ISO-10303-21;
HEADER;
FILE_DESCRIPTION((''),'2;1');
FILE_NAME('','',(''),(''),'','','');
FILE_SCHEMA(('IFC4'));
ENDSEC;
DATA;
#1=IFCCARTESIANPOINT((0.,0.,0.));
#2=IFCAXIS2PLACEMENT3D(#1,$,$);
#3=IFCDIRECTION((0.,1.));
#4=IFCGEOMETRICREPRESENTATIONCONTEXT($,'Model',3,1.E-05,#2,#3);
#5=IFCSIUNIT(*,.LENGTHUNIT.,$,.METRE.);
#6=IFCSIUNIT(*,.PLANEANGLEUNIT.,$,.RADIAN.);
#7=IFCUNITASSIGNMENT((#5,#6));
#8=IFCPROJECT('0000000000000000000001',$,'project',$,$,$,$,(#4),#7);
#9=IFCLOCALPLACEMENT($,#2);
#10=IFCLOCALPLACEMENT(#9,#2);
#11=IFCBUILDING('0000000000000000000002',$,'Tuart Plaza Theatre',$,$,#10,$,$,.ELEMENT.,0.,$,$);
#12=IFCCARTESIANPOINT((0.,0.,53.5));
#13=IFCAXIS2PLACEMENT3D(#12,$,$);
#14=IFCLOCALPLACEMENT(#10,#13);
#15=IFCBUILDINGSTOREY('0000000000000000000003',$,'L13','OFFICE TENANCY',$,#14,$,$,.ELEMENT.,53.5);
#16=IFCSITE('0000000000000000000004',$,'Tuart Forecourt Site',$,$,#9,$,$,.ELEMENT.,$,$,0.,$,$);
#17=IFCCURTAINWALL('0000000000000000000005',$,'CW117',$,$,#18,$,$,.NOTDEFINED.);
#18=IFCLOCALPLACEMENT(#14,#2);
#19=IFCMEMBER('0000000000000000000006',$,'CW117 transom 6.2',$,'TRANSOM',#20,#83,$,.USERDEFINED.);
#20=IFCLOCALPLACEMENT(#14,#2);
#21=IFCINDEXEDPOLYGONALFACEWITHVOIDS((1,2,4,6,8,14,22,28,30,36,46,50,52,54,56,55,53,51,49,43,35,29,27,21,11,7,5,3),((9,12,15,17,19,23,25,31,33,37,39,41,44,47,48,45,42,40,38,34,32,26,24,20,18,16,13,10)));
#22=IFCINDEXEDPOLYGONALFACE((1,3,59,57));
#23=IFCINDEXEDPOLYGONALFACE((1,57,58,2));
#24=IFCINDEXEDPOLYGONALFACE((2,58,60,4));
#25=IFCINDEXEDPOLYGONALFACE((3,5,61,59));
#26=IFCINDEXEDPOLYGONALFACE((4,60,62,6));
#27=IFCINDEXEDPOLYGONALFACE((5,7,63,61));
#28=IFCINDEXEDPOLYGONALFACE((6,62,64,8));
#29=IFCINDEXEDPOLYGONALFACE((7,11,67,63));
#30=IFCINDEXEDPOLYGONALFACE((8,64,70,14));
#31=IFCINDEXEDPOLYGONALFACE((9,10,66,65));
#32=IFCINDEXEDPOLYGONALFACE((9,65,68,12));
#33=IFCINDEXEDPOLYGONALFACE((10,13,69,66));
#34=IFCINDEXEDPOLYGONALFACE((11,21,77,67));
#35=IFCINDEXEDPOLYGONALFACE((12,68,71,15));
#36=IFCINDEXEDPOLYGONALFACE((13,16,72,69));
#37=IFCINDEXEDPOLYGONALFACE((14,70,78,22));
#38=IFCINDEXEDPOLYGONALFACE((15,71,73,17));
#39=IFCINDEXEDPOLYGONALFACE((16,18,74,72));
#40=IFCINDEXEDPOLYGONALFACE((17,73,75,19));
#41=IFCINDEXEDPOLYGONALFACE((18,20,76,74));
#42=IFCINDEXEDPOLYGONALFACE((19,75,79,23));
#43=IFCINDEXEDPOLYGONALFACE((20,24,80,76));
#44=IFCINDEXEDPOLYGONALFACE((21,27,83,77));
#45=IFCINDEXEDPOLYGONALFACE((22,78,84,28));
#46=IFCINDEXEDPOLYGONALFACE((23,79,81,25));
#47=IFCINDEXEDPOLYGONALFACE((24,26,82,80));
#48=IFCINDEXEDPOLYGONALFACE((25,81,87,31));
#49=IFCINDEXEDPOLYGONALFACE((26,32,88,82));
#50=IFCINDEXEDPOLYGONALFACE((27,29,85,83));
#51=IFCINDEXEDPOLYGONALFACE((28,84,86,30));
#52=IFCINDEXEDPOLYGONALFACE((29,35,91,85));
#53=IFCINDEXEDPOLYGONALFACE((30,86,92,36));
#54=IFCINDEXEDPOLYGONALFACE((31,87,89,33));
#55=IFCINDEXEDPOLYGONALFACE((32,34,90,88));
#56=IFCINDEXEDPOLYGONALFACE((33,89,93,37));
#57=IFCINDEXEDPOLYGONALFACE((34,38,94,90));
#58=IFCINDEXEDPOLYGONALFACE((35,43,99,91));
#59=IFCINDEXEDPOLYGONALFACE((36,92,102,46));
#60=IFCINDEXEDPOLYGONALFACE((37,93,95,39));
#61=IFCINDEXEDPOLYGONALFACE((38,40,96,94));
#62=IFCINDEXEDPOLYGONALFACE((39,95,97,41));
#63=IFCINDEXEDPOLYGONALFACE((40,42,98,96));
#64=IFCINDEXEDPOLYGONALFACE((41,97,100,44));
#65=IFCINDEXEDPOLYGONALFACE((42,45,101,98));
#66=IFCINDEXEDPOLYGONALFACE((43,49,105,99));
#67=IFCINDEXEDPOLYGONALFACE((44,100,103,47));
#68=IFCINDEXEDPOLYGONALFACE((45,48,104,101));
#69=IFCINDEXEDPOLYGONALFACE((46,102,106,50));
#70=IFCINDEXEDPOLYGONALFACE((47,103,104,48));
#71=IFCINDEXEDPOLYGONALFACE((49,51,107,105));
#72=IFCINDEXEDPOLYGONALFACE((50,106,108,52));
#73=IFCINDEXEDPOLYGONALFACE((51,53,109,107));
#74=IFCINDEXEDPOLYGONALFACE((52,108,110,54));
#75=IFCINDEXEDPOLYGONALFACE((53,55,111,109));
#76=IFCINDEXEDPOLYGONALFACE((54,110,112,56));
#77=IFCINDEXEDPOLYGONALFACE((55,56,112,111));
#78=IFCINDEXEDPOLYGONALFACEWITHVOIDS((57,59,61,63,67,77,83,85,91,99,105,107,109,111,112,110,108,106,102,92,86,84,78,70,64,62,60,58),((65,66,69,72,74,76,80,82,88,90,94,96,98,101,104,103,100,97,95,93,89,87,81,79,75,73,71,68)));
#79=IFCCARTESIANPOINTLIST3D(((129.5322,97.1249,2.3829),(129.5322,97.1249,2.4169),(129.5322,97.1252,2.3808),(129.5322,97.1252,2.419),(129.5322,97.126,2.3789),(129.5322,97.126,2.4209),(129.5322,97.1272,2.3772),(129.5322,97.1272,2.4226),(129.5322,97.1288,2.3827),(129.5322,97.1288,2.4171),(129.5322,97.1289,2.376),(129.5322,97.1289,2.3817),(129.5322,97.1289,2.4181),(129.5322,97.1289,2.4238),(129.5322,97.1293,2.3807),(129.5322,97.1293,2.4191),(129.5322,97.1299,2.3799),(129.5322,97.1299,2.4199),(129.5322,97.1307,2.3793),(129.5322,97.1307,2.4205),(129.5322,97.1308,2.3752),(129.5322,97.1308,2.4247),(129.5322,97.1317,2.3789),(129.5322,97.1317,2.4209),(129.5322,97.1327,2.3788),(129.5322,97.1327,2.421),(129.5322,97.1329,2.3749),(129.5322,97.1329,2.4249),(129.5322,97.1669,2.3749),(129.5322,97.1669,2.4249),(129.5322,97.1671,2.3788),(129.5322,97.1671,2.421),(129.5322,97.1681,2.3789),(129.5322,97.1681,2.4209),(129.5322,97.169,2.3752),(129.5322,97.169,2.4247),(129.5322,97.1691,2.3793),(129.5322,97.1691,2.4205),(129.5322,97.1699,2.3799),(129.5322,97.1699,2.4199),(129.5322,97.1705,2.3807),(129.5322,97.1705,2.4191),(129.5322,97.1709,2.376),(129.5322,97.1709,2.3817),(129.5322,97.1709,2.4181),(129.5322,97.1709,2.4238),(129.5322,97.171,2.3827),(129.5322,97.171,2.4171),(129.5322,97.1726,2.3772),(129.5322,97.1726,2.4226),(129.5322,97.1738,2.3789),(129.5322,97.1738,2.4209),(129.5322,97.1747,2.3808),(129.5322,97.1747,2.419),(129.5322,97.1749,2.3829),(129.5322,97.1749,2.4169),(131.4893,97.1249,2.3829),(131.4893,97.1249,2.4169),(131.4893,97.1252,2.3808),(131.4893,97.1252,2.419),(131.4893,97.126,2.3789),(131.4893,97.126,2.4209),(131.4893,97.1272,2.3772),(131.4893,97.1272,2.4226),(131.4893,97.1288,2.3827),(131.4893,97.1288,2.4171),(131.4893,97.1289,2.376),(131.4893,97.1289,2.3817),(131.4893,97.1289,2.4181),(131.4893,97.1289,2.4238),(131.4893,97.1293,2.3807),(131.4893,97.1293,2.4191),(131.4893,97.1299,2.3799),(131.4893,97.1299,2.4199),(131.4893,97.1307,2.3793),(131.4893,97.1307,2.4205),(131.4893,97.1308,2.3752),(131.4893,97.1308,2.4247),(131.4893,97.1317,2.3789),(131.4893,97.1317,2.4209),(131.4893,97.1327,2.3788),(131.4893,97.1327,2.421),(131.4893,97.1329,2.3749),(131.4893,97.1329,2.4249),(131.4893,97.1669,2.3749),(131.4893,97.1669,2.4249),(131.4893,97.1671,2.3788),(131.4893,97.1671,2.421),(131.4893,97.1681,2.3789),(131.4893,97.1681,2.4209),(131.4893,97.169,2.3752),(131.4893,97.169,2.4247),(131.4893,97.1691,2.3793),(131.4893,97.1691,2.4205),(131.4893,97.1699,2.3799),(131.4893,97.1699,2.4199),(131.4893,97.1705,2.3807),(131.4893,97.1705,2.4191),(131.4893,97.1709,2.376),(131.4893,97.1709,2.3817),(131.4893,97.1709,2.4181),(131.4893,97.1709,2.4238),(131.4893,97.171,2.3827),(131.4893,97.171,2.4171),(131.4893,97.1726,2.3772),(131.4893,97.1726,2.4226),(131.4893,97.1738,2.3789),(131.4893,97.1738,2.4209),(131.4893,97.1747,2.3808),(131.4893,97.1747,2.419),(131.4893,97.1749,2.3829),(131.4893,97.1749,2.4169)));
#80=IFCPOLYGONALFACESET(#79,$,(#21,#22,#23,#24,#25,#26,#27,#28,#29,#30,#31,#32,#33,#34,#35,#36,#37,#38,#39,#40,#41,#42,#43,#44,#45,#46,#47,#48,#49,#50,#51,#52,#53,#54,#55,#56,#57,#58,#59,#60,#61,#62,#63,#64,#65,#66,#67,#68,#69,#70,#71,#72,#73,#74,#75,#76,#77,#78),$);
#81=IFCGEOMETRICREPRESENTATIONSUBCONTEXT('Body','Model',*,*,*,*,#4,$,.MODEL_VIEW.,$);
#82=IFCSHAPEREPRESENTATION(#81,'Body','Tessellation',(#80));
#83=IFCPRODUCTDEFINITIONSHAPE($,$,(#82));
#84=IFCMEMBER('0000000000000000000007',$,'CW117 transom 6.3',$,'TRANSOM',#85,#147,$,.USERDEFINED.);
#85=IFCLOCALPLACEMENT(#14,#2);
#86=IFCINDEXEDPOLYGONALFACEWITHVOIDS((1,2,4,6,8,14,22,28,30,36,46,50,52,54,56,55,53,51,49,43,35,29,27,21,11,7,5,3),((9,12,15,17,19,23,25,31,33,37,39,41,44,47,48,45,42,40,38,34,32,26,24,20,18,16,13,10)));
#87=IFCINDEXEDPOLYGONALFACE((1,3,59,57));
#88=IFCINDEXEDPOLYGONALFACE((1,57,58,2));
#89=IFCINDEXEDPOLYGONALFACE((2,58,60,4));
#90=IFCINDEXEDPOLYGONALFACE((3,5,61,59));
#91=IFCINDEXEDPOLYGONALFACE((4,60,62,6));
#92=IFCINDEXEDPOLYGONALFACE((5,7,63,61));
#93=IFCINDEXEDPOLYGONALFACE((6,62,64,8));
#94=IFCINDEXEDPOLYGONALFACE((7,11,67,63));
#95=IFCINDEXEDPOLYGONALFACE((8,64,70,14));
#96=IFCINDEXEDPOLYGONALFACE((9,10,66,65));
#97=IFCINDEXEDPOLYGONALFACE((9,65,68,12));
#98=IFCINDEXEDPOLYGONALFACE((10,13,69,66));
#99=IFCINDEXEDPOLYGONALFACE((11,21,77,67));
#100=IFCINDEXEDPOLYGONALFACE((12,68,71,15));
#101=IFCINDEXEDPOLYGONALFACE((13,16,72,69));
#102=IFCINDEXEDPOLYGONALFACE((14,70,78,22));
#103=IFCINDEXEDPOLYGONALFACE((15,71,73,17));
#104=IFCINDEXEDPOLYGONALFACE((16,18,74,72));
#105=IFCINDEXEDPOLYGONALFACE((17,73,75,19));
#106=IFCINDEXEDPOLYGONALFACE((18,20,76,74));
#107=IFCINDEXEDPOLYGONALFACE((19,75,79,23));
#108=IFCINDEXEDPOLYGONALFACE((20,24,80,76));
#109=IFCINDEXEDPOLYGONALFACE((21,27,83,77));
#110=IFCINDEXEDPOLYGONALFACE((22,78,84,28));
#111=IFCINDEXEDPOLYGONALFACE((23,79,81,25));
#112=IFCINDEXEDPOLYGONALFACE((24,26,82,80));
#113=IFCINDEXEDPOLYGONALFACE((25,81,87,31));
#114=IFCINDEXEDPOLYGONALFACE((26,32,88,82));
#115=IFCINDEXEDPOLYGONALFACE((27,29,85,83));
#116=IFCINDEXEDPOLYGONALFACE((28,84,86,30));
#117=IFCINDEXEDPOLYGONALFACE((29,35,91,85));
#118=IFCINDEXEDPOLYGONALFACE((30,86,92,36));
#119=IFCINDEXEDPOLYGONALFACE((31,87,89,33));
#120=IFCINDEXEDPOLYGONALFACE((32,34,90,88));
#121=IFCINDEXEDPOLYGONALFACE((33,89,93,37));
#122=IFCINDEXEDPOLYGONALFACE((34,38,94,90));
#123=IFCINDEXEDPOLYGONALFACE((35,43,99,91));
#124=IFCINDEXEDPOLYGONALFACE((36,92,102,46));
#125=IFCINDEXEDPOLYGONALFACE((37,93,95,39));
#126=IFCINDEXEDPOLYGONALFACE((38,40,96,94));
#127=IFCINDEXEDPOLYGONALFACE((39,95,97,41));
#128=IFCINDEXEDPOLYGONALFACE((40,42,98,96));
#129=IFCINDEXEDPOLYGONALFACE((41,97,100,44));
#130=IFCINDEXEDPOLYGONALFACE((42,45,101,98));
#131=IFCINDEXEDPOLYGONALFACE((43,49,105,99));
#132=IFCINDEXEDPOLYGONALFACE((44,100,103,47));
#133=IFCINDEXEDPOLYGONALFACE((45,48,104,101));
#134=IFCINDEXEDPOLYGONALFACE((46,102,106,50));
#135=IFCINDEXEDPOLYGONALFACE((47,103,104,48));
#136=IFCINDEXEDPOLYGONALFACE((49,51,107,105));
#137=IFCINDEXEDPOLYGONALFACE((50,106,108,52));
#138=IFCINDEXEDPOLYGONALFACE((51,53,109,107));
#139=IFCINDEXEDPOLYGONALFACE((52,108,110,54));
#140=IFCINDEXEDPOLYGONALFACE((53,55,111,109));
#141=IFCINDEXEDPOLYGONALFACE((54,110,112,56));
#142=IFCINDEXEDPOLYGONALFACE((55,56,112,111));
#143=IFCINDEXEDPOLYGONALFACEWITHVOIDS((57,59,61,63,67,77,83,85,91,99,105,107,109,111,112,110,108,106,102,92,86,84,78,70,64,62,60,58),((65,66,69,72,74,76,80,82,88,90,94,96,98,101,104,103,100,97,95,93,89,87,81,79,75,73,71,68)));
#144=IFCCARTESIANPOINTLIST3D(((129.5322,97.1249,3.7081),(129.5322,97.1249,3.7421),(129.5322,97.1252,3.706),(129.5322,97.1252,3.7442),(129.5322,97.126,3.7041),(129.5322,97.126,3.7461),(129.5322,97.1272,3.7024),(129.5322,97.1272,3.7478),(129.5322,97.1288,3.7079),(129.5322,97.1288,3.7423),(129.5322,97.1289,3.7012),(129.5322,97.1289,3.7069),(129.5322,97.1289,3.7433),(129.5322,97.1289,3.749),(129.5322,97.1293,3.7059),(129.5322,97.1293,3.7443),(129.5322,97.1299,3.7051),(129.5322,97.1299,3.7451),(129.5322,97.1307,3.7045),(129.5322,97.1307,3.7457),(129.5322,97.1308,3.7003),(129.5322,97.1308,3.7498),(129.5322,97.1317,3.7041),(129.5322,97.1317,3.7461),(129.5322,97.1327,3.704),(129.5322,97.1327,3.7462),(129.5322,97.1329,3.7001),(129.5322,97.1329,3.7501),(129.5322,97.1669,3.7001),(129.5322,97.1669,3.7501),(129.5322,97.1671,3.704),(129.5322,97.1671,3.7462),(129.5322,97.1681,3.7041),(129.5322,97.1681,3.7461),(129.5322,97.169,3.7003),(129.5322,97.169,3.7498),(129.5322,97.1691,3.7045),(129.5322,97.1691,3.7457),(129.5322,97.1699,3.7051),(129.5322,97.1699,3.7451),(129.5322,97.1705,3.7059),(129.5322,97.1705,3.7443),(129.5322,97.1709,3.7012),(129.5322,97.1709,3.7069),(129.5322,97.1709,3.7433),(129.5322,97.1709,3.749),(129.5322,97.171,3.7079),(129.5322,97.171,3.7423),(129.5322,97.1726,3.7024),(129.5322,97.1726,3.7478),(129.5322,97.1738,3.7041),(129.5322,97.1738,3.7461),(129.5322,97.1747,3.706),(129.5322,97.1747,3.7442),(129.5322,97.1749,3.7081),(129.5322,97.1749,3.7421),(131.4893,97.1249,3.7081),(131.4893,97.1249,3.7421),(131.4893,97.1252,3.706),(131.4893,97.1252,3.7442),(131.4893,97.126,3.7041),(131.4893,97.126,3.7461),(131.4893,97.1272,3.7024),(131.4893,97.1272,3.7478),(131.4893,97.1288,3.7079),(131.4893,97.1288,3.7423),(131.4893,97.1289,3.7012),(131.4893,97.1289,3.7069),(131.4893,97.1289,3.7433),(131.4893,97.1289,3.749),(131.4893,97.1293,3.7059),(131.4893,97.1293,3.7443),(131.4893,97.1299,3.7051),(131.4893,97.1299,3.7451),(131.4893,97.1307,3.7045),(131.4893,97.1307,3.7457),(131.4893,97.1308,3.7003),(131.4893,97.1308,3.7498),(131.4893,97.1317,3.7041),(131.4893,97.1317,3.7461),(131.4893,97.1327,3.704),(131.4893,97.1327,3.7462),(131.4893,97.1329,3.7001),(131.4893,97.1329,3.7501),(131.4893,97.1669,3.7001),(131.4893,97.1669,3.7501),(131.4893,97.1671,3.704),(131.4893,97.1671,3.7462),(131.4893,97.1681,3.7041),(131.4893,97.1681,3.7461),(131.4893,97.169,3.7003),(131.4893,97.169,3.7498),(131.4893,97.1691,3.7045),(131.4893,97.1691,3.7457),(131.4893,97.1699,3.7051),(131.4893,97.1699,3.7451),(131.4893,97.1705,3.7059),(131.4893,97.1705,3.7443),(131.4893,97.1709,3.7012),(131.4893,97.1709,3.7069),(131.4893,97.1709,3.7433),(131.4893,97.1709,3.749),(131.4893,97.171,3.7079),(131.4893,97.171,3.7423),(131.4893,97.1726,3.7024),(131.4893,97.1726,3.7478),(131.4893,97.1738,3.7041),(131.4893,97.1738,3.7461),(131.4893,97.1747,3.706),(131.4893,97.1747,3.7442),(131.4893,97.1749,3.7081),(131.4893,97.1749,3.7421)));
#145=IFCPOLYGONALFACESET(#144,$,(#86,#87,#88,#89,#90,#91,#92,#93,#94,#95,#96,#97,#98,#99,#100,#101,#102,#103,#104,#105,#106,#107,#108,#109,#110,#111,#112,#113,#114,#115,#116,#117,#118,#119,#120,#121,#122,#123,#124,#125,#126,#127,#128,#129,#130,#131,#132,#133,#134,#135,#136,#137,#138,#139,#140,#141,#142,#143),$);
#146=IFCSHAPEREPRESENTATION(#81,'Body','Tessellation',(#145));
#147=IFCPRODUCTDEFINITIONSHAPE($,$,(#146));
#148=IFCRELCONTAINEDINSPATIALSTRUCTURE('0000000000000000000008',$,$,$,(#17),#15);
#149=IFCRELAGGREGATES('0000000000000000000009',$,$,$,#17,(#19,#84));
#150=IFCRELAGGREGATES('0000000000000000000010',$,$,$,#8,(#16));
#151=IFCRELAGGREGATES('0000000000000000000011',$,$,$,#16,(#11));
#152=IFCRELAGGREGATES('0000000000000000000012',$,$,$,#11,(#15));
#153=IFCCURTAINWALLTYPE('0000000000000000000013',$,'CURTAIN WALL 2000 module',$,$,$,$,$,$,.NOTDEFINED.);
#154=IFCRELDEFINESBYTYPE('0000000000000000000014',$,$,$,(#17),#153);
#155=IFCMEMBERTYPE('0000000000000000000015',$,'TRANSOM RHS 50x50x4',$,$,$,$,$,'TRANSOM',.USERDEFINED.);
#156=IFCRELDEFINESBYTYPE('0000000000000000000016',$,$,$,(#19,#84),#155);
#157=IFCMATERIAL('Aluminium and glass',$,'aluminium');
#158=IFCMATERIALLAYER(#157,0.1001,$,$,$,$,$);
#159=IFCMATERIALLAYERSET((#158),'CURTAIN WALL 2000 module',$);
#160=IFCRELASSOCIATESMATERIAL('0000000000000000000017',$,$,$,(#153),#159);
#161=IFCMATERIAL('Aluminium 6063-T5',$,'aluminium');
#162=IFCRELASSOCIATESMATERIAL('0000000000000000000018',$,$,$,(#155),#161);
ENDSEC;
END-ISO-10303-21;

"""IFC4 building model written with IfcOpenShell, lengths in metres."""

from ifc_helpers import new_model, si_unit, direction, frame, origin, origin_2d, place, context, subcontext, project, spatial, hollow_rectangle, extrude, material, layer, layer_set, material_profile, profile_set, type_object, element, aggregate, save


model = new_model("IFC4")

# Units and contexts
model_context = context("Model", 3, precision=1e-05, world=origin(), true_north=direction((0.0, 1.0)))
body_context = subcontext(model_context, "Body", "Model", "MODEL_VIEW")
ifc_project = project(units=[si_unit("LENGTHUNIT", "METRE"), si_unit("PLANEANGLEUNIT", "RADIAN")], contexts=[model_context])

# Site, building, storey
site_placement = place(None, origin())
site = spatial("IfcSite", under=ifc_project, at=site_placement, Name="Tuart Forecourt Site", CompositionType="ELEMENT", RefElevation=0.0)
building_placement = place(site_placement, origin())
building = spatial("IfcBuilding", under=site, at=building_placement, Name="Tuart Plaza Theatre", CompositionType="ELEMENT", ElevationOfRefHeight=0.0)
storey_placement = place(building_placement, frame((0.0, 0.0, 53.5)))
storey = spatial("IfcBuildingStorey", under=building, at=storey_placement, Name="L13", Description="OFFICE TENANCY", CompositionType="ELEMENT", Elevation=53.5)

# Curtain wall, members
ifc_material_1 = material(Name="Aluminium and glass", Category="aluminium")
ifc_layer_1 = layer(ifc_material_1, 0.1001)
ifc_layer_set_1 = layer_set([ifc_layer_1], Name="CURTAIN WALL 2000 module")
curtain_wall_type = type_object("IfcCurtainWallType", Name="CURTAIN WALL 2000 module", PredefinedType="NOTDEFINED", material=ifc_layer_set_1)
curtain_wall_placement = place(storey_placement, origin())
curtain_wall = element("IfcCurtainWall", 1, at=curtain_wall_placement, inside=storey, type_object=curtain_wall_type, Name="CW117", PredefinedType="NOTDEFINED")
ifc_material_2 = material(Name="Aluminium 6063-T5", Category="aluminium")
ifc_material_profile_1 = material_profile(ifc_material_2, hollow_rectangle(XDim=0.05, YDim=0.05, WallThickness=0.0039, InnerFilletRadius=0.0039, OuterFilletRadius=0.0081, at=origin_2d()), Name="RHS 50x50x4")
ifc_profile_set_1 = profile_set([ifc_material_profile_1], Name="Aluminium 6063-T5")
member_type_1 = type_object("IfcMemberType", Name="TRANSOM RHS 50x50x4", ElementType="TRANSOM", PredefinedType="USERDEFINED", material=ifc_profile_set_1)
member_1_placement = place(storey_placement, frame((131.4893, 97.1499, 2.3999), z_axis=(-1.0, 0.0, 0.0), x_axis=(0.0, -1.0, 0.0)))
member_1 = element("IfcMember", 2, at=member_1_placement, type_object=member_type_1, Name="CW117 transom 6.2", ObjectType="TRANSOM", PredefinedType="USERDEFINED", context=body_context, shape_type="SweptSolid", body=[
    extrude(hollow_rectangle(XDim=0.05, YDim=0.05, WallThickness=0.0039, InnerFilletRadius=0.0039, OuterFilletRadius=0.0081, at=origin_2d()), origin(), (0.0, 0.0, 1.0), 1.957),
])
member_2_placement = place(storey_placement, frame((131.4893, 97.1499, 3.7251), z_axis=(-1.0, 0.0, 0.0), x_axis=(0.0, -1.0, 0.0)))
member_2 = element("IfcMember", 3, at=member_2_placement, type_object=member_type_1, Name="CW117 transom 6.3", ObjectType="TRANSOM", PredefinedType="USERDEFINED", context=body_context, shape_type="SweptSolid", body=[
    extrude(hollow_rectangle(XDim=0.05, YDim=0.05, WallThickness=0.0039, InnerFilletRadius=0.0039, OuterFilletRadius=0.0081, at=origin_2d()), origin(), (0.0, 0.0, 1.0), 1.957),
])
aggregate(curtain_wall, [member_1, member_2])

save(model, "model.ifc")
